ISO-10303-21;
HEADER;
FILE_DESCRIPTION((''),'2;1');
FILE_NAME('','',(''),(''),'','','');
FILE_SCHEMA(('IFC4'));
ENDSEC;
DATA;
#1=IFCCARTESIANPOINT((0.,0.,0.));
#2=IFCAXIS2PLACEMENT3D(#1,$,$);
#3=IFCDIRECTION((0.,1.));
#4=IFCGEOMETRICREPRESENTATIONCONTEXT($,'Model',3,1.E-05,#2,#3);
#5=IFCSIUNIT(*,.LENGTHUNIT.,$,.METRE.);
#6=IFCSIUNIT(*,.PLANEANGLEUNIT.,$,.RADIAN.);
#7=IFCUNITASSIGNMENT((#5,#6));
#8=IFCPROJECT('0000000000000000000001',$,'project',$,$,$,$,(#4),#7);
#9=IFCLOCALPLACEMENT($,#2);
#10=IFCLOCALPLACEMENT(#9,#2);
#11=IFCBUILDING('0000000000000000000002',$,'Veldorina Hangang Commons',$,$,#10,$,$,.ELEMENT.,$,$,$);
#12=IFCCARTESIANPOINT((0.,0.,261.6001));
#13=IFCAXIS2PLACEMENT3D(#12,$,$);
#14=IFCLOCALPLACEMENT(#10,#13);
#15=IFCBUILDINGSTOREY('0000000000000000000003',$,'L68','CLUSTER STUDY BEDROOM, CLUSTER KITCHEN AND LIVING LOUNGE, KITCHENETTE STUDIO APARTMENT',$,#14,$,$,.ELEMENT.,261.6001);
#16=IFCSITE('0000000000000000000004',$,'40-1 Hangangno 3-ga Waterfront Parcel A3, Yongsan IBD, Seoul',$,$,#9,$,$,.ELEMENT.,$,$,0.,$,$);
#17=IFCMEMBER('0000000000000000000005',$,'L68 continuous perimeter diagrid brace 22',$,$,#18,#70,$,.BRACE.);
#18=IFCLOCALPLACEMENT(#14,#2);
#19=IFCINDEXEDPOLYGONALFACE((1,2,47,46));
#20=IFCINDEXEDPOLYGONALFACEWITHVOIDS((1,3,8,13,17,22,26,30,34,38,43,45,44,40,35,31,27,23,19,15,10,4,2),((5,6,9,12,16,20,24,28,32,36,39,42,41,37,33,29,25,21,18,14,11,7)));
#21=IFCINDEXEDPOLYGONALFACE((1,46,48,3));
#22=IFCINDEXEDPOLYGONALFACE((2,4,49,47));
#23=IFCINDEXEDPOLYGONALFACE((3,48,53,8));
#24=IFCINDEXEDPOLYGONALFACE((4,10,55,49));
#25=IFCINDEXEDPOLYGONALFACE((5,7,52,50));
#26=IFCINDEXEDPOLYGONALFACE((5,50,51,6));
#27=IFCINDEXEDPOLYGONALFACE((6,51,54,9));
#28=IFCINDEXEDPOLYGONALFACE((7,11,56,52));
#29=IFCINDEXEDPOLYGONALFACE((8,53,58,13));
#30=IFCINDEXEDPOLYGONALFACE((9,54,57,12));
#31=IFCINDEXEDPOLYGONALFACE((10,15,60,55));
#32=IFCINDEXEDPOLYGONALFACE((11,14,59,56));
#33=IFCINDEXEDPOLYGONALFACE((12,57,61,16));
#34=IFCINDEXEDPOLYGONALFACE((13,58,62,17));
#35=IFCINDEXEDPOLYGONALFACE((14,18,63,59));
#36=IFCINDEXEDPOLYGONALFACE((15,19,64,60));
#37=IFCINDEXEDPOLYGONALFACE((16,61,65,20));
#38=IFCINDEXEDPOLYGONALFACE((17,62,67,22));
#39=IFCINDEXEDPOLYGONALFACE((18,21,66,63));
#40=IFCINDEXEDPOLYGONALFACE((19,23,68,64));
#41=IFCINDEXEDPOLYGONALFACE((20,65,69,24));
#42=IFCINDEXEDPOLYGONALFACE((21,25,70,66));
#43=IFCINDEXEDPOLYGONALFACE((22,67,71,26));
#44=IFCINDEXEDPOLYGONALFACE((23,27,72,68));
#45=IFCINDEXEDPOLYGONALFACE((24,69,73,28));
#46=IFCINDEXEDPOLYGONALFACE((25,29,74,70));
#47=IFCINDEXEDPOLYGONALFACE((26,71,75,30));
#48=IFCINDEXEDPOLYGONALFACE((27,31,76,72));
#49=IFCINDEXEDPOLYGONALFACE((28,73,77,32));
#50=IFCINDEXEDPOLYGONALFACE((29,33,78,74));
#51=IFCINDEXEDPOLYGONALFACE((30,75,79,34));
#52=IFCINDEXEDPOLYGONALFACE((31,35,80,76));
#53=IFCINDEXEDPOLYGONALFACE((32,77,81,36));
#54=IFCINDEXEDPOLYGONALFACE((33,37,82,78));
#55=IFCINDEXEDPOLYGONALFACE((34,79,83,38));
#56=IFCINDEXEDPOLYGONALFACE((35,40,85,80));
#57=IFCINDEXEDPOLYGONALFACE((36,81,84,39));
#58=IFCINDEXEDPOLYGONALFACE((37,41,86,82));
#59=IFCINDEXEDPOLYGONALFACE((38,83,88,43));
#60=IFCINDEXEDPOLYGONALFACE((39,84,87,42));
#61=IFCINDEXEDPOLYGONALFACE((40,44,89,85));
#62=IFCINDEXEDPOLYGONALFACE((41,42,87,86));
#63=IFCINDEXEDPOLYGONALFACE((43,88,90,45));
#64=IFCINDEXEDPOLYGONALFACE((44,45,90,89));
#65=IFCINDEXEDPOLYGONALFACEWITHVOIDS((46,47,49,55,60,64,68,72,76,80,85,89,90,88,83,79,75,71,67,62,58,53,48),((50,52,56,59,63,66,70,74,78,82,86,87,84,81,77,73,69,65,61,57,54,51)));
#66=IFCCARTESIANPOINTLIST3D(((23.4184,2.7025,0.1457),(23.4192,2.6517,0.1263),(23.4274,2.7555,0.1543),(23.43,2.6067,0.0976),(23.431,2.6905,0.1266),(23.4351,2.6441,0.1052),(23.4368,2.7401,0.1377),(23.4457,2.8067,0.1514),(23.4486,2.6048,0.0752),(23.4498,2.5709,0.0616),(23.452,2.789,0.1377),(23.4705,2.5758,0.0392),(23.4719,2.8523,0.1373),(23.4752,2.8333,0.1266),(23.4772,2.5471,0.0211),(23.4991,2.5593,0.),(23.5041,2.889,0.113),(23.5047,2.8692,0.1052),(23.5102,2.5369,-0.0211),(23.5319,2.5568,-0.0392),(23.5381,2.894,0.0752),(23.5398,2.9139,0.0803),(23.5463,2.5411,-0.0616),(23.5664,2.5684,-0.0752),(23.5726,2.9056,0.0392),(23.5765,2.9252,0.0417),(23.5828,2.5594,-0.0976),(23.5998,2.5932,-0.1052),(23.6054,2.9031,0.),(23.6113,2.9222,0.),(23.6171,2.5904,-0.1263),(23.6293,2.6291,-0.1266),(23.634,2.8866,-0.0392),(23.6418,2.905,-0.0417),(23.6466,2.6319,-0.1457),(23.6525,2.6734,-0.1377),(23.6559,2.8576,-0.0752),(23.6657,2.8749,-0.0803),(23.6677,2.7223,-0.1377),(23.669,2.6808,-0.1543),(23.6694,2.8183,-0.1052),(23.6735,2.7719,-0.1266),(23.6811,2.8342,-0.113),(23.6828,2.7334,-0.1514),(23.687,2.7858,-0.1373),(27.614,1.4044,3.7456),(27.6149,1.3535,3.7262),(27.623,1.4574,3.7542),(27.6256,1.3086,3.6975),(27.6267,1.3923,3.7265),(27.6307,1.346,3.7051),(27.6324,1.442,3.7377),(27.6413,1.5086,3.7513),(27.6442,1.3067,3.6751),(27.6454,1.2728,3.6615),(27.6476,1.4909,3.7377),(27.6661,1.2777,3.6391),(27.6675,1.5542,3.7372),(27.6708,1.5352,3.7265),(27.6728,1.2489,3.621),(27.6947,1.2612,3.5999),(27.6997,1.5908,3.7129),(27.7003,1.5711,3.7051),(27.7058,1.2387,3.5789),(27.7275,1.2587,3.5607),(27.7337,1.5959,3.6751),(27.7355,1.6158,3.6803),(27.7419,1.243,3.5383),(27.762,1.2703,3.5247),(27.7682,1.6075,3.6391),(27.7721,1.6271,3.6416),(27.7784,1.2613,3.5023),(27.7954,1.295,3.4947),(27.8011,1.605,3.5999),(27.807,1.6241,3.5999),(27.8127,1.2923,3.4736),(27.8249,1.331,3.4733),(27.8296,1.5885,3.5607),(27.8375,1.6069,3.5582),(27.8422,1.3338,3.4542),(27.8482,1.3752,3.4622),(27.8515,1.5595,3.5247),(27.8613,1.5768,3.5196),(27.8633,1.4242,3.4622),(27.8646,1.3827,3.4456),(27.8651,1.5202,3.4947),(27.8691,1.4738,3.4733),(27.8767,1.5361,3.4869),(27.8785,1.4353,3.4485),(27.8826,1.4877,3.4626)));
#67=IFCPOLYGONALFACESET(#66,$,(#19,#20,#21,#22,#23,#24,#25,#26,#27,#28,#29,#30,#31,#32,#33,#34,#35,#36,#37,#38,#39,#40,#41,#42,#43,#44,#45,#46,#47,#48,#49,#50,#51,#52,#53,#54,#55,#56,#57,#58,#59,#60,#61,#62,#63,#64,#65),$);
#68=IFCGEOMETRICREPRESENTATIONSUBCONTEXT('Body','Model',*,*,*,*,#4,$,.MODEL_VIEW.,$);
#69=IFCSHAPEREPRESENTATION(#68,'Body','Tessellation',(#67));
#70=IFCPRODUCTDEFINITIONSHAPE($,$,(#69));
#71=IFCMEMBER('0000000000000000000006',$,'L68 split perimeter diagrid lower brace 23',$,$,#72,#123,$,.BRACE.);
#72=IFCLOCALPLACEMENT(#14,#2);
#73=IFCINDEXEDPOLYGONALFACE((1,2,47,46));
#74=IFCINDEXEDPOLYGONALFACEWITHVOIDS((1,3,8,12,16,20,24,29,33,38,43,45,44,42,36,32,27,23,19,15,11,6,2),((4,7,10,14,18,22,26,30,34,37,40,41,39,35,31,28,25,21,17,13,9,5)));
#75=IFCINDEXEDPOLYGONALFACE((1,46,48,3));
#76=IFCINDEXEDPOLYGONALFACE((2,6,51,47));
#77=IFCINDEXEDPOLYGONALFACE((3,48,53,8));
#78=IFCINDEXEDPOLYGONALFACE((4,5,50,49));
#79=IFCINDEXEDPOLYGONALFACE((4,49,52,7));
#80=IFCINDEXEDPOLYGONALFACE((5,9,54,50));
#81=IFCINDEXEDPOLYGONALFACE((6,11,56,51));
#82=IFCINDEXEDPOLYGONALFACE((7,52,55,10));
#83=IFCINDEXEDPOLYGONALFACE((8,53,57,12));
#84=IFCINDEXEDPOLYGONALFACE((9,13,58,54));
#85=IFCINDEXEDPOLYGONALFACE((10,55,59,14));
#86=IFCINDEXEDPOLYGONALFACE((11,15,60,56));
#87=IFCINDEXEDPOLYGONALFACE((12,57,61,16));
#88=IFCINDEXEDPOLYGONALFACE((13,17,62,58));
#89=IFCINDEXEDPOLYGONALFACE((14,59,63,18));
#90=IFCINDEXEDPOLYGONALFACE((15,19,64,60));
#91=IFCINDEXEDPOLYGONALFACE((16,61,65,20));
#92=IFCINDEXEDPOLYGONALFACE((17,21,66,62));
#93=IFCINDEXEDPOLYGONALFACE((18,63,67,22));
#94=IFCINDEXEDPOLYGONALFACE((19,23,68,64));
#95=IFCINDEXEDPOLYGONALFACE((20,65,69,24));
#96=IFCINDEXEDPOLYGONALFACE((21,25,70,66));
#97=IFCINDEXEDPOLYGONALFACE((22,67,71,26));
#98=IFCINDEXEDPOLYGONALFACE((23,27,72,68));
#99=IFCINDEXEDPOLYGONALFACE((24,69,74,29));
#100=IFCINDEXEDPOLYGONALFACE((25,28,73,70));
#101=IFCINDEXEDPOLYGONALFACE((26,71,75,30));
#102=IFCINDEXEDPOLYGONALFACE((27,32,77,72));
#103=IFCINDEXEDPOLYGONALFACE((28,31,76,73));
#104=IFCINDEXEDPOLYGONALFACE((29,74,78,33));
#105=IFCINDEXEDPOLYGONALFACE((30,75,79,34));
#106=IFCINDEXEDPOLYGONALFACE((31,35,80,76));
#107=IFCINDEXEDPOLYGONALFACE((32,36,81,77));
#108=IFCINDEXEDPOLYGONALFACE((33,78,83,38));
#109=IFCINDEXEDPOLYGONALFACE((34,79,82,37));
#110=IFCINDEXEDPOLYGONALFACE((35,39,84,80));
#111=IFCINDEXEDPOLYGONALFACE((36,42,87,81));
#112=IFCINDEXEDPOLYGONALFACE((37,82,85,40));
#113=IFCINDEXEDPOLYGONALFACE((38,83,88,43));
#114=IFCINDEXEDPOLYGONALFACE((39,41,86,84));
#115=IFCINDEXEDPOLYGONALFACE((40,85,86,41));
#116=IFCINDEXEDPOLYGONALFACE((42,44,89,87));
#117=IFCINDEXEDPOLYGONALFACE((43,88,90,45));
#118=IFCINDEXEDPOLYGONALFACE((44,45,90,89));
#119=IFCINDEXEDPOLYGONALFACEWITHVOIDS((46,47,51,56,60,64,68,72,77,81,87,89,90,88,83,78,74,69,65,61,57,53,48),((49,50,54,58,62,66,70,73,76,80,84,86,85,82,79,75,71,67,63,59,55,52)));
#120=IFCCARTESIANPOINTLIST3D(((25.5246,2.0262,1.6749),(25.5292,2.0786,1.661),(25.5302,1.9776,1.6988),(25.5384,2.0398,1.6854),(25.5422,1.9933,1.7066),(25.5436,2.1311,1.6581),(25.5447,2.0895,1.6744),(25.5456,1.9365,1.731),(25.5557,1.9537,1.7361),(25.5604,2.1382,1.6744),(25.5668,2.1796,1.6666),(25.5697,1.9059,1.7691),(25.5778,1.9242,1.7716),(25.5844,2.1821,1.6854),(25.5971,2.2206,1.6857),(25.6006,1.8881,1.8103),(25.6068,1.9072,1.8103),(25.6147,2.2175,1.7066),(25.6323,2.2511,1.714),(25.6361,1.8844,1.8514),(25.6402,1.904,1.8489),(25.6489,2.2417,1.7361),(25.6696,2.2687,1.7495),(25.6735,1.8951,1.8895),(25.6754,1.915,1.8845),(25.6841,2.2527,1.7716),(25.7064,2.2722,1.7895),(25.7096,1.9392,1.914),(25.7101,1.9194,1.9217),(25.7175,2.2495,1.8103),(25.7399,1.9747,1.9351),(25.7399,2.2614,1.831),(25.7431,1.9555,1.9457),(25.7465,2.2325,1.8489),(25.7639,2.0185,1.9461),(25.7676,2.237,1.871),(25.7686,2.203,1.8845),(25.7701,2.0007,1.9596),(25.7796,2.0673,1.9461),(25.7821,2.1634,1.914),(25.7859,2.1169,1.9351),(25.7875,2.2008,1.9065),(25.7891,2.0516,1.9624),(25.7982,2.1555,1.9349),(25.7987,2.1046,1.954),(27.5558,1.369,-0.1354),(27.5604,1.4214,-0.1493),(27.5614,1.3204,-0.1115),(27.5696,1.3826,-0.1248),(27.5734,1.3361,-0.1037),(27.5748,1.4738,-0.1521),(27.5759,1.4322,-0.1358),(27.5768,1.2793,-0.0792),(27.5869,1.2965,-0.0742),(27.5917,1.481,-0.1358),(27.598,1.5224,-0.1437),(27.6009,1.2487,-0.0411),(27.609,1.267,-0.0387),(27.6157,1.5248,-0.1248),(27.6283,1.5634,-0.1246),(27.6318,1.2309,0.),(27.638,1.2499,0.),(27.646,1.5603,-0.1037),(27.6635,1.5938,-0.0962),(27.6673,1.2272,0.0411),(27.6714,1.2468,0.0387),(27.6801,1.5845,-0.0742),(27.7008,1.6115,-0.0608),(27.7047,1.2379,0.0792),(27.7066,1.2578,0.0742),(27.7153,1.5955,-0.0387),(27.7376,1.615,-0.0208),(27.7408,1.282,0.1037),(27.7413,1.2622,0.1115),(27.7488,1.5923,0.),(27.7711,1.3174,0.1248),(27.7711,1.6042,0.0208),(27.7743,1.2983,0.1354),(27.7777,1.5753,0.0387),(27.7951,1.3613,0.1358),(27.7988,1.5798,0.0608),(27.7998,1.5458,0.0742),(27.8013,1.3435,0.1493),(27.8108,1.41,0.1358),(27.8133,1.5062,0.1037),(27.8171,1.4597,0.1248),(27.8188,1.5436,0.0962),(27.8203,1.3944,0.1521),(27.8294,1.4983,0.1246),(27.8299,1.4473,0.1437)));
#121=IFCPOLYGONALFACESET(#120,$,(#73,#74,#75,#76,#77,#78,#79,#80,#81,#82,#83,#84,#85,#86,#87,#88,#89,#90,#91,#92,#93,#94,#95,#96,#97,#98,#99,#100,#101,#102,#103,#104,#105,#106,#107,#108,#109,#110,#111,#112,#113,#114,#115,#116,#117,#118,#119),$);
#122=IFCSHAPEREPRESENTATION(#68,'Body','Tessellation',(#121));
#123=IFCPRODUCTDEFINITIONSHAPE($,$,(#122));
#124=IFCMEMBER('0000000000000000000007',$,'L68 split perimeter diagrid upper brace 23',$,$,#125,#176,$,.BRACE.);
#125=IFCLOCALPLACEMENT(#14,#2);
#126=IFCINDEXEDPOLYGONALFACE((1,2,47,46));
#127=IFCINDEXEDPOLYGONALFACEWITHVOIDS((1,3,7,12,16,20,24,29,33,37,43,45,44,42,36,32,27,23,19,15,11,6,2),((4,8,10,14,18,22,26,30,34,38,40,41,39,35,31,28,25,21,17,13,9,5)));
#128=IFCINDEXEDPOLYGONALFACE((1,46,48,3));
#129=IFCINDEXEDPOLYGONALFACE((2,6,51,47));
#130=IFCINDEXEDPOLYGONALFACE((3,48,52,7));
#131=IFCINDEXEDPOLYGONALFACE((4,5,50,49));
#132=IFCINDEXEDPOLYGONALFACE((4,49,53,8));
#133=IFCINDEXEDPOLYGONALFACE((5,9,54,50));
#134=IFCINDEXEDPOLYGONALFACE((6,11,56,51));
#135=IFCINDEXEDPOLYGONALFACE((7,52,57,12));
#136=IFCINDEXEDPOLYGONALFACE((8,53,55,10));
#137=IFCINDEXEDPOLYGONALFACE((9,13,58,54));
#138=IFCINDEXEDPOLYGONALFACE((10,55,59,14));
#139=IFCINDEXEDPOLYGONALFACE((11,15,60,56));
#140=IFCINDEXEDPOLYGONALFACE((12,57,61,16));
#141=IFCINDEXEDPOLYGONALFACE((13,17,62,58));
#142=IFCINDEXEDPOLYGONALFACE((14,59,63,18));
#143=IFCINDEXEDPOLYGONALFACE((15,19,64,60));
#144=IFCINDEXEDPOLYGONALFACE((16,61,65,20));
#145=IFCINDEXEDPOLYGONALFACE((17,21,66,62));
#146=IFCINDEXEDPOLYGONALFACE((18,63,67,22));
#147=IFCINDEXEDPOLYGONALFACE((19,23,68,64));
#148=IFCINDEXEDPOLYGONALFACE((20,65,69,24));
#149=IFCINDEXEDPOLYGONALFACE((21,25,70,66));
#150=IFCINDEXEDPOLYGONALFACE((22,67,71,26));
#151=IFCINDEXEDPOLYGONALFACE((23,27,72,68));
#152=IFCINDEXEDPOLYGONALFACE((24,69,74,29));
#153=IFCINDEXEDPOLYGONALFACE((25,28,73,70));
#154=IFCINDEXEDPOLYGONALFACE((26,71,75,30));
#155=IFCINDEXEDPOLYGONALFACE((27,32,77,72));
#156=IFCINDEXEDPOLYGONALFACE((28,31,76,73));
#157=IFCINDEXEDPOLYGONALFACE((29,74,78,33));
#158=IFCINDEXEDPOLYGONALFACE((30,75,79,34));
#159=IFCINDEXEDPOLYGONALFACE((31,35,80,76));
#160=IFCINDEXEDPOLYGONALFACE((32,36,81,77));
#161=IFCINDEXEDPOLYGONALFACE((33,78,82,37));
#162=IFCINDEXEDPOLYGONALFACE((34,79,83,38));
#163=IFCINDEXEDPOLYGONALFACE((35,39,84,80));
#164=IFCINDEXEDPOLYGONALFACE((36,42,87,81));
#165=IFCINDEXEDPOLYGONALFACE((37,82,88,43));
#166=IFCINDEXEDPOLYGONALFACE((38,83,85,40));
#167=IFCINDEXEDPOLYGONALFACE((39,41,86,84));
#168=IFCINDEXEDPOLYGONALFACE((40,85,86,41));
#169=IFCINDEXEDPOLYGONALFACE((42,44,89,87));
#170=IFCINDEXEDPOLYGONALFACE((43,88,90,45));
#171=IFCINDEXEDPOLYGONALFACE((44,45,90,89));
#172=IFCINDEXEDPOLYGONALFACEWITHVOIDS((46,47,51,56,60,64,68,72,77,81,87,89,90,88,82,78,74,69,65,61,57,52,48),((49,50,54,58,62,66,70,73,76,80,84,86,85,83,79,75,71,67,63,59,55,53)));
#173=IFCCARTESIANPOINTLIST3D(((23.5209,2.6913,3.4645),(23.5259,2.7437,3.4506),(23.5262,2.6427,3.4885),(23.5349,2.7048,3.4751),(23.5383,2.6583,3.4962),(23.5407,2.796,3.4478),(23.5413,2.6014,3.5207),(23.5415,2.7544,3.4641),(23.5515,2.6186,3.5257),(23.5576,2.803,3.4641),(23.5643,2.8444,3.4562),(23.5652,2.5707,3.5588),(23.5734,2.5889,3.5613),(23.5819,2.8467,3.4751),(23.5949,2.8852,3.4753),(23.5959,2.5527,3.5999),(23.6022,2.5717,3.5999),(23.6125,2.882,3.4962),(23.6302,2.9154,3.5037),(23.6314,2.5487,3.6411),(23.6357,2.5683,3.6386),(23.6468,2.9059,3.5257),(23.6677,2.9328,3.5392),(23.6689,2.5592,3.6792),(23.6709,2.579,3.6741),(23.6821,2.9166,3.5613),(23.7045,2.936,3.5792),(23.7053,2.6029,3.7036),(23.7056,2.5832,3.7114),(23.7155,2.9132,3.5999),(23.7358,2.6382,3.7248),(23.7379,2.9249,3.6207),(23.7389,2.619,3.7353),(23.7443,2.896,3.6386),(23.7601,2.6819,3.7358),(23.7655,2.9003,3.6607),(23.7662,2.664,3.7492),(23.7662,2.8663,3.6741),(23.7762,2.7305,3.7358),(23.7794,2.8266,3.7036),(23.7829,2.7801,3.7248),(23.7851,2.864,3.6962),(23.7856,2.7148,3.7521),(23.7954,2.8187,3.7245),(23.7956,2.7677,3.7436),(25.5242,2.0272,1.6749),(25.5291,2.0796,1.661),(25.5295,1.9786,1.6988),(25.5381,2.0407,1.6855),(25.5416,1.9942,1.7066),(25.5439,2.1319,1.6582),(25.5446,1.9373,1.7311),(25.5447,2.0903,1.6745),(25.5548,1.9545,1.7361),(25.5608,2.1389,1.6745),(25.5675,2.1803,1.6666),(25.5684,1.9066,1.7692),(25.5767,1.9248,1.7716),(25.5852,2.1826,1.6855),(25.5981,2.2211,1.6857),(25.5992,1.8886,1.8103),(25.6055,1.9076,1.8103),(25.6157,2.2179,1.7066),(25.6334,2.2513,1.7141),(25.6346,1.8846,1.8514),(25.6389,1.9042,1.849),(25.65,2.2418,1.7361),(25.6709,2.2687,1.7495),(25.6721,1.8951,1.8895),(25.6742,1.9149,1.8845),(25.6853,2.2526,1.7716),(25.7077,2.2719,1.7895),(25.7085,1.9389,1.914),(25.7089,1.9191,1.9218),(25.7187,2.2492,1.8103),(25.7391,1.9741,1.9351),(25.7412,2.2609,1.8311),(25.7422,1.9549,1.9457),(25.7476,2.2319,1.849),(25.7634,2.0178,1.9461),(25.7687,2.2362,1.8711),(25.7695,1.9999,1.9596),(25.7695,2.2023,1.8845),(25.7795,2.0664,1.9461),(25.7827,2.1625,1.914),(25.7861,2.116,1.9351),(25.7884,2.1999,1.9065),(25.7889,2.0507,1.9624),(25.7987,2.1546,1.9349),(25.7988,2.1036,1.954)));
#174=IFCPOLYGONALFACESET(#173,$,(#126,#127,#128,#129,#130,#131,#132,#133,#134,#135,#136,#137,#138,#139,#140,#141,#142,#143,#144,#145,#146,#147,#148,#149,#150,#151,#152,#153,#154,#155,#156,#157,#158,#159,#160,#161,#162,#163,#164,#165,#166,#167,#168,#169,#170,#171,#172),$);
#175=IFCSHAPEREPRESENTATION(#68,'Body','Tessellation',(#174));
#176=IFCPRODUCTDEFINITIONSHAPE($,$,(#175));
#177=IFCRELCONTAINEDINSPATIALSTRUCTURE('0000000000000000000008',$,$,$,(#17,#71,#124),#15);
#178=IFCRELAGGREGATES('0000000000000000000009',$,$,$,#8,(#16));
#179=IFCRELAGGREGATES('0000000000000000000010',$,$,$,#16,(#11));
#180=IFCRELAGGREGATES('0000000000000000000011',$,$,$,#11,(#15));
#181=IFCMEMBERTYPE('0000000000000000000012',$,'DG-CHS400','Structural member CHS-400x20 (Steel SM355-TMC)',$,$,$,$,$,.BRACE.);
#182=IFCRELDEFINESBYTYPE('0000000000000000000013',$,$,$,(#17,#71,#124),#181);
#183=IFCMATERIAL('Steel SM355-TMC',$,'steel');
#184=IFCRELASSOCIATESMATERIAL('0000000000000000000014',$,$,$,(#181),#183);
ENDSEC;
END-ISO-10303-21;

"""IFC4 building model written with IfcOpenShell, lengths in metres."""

from ifc_helpers import new_model, si_unit, direction, frame, origin, origin_2d, place, context, subcontext, project, spatial, hollow_circle, extrude, material, material_profile, profile_set, type_object, element, save


model = new_model("IFC4")

# Units and contexts
model_context = context("Model", 3, precision=1e-05, world=origin(), true_north=direction((0.0, 1.0)))
body_context = subcontext(model_context, "Body", "Model", "MODEL_VIEW")
ifc_project = project(units=[si_unit("LENGTHUNIT", "METRE"), si_unit("PLANEANGLEUNIT", "RADIAN")], contexts=[model_context])

# Site, building, storey
site_placement = place(None, origin())
site = spatial("IfcSite", under=ifc_project, at=site_placement, Name="40-1 Hangangno 3-ga Waterfront Parcel A3, Yongsan IBD, Seoul", CompositionType="ELEMENT", RefElevation=0.0)
building_placement = place(site_placement, origin())
building = spatial("IfcBuilding", under=site, at=building_placement, Name="Veldorina Hangang Commons", CompositionType="ELEMENT")
storey_placement = place(building_placement, frame((0.0, 0.0, 261.6001)))
storey = spatial("IfcBuildingStorey", under=building, at=storey_placement, Name="L68", Description="CLUSTER STUDY BEDROOM, CLUSTER KITCHEN AND LIVING LOUNGE, KITCHENETTE STUDIO APARTMENT", CompositionType="ELEMENT", Elevation=261.6001)

# Shared definitions
ifc_material_1 = material(Name="Steel SM355-TMC", Category="steel")

# Members
ifc_material_profile_1 = material_profile(ifc_material_1, hollow_circle(Radius=0.2, WallThickness=0.02, at=origin_2d()), Name="CHS-400x20")
ifc_profile_set_1 = profile_set([ifc_material_profile_1], Name="Steel SM355-TMC")
member_type_1 = type_object("IfcMemberType", Name="DG-CHS400", Description="Structural member CHS-400x20 (Steel SM355-TMC)", PredefinedType="BRACE", material=ifc_profile_set_1)
member_1_placement = place(storey_placement, frame((23.5522, 2.7312, 0.0), z_axis=(0.738834, -0.228594, 0.633931), x_axis=(0.295574, 0.95532, 0.0)))
element("IfcMember", 1, at=member_1_placement, inside=storey, type_object=member_type_1, Name="L68 continuous perimeter diagrid brace 22", PredefinedType="BRACE", context=body_context, shape_type="SweptSolid", body=[
    extrude(hollow_circle(Radius=0.2, WallThickness=0.02, at=origin_2d()), origin(), (0.0, 0.0, 1.0), 5.6787),
])
member_2_placement = place(storey_placement, frame((27.6934, 1.4211, 0.0), z_axis=(-0.725672, 0.234797, 0.646738), x_axis=(-0.307845, -0.951437, 0.0)))
element("IfcMember", 2, at=member_2_placement, inside=storey, type_object=member_type_1, Name="L68 split perimeter diagrid lower brace 23", PredefinedType="BRACE", context=body_context, shape_type="SweptSolid", body=[
    extrude(hollow_circle(Radius=0.2, WallThickness=0.02, at=origin_2d()), origin(), (0.0, 0.0, 1.0), 2.7991),
])
member_3_placement = place(storey_placement, frame((25.6621, 2.0784, 1.8103), z_axis=(-0.723957, 0.239995, 0.646752), x_axis=(-0.314666, -0.949203, 0.0)))
element("IfcMember", 3, at=member_3_placement, inside=storey, type_object=member_type_1, Name="L68 split perimeter diagrid upper brace 23", PredefinedType="BRACE", context=body_context, shape_type="SweptSolid", body=[
    extrude(hollow_circle(Radius=0.2, WallThickness=0.02, at=origin_2d()), origin(), (0.0, 0.0, 1.0), 2.7671),
])

save(model, "model.ifc")
